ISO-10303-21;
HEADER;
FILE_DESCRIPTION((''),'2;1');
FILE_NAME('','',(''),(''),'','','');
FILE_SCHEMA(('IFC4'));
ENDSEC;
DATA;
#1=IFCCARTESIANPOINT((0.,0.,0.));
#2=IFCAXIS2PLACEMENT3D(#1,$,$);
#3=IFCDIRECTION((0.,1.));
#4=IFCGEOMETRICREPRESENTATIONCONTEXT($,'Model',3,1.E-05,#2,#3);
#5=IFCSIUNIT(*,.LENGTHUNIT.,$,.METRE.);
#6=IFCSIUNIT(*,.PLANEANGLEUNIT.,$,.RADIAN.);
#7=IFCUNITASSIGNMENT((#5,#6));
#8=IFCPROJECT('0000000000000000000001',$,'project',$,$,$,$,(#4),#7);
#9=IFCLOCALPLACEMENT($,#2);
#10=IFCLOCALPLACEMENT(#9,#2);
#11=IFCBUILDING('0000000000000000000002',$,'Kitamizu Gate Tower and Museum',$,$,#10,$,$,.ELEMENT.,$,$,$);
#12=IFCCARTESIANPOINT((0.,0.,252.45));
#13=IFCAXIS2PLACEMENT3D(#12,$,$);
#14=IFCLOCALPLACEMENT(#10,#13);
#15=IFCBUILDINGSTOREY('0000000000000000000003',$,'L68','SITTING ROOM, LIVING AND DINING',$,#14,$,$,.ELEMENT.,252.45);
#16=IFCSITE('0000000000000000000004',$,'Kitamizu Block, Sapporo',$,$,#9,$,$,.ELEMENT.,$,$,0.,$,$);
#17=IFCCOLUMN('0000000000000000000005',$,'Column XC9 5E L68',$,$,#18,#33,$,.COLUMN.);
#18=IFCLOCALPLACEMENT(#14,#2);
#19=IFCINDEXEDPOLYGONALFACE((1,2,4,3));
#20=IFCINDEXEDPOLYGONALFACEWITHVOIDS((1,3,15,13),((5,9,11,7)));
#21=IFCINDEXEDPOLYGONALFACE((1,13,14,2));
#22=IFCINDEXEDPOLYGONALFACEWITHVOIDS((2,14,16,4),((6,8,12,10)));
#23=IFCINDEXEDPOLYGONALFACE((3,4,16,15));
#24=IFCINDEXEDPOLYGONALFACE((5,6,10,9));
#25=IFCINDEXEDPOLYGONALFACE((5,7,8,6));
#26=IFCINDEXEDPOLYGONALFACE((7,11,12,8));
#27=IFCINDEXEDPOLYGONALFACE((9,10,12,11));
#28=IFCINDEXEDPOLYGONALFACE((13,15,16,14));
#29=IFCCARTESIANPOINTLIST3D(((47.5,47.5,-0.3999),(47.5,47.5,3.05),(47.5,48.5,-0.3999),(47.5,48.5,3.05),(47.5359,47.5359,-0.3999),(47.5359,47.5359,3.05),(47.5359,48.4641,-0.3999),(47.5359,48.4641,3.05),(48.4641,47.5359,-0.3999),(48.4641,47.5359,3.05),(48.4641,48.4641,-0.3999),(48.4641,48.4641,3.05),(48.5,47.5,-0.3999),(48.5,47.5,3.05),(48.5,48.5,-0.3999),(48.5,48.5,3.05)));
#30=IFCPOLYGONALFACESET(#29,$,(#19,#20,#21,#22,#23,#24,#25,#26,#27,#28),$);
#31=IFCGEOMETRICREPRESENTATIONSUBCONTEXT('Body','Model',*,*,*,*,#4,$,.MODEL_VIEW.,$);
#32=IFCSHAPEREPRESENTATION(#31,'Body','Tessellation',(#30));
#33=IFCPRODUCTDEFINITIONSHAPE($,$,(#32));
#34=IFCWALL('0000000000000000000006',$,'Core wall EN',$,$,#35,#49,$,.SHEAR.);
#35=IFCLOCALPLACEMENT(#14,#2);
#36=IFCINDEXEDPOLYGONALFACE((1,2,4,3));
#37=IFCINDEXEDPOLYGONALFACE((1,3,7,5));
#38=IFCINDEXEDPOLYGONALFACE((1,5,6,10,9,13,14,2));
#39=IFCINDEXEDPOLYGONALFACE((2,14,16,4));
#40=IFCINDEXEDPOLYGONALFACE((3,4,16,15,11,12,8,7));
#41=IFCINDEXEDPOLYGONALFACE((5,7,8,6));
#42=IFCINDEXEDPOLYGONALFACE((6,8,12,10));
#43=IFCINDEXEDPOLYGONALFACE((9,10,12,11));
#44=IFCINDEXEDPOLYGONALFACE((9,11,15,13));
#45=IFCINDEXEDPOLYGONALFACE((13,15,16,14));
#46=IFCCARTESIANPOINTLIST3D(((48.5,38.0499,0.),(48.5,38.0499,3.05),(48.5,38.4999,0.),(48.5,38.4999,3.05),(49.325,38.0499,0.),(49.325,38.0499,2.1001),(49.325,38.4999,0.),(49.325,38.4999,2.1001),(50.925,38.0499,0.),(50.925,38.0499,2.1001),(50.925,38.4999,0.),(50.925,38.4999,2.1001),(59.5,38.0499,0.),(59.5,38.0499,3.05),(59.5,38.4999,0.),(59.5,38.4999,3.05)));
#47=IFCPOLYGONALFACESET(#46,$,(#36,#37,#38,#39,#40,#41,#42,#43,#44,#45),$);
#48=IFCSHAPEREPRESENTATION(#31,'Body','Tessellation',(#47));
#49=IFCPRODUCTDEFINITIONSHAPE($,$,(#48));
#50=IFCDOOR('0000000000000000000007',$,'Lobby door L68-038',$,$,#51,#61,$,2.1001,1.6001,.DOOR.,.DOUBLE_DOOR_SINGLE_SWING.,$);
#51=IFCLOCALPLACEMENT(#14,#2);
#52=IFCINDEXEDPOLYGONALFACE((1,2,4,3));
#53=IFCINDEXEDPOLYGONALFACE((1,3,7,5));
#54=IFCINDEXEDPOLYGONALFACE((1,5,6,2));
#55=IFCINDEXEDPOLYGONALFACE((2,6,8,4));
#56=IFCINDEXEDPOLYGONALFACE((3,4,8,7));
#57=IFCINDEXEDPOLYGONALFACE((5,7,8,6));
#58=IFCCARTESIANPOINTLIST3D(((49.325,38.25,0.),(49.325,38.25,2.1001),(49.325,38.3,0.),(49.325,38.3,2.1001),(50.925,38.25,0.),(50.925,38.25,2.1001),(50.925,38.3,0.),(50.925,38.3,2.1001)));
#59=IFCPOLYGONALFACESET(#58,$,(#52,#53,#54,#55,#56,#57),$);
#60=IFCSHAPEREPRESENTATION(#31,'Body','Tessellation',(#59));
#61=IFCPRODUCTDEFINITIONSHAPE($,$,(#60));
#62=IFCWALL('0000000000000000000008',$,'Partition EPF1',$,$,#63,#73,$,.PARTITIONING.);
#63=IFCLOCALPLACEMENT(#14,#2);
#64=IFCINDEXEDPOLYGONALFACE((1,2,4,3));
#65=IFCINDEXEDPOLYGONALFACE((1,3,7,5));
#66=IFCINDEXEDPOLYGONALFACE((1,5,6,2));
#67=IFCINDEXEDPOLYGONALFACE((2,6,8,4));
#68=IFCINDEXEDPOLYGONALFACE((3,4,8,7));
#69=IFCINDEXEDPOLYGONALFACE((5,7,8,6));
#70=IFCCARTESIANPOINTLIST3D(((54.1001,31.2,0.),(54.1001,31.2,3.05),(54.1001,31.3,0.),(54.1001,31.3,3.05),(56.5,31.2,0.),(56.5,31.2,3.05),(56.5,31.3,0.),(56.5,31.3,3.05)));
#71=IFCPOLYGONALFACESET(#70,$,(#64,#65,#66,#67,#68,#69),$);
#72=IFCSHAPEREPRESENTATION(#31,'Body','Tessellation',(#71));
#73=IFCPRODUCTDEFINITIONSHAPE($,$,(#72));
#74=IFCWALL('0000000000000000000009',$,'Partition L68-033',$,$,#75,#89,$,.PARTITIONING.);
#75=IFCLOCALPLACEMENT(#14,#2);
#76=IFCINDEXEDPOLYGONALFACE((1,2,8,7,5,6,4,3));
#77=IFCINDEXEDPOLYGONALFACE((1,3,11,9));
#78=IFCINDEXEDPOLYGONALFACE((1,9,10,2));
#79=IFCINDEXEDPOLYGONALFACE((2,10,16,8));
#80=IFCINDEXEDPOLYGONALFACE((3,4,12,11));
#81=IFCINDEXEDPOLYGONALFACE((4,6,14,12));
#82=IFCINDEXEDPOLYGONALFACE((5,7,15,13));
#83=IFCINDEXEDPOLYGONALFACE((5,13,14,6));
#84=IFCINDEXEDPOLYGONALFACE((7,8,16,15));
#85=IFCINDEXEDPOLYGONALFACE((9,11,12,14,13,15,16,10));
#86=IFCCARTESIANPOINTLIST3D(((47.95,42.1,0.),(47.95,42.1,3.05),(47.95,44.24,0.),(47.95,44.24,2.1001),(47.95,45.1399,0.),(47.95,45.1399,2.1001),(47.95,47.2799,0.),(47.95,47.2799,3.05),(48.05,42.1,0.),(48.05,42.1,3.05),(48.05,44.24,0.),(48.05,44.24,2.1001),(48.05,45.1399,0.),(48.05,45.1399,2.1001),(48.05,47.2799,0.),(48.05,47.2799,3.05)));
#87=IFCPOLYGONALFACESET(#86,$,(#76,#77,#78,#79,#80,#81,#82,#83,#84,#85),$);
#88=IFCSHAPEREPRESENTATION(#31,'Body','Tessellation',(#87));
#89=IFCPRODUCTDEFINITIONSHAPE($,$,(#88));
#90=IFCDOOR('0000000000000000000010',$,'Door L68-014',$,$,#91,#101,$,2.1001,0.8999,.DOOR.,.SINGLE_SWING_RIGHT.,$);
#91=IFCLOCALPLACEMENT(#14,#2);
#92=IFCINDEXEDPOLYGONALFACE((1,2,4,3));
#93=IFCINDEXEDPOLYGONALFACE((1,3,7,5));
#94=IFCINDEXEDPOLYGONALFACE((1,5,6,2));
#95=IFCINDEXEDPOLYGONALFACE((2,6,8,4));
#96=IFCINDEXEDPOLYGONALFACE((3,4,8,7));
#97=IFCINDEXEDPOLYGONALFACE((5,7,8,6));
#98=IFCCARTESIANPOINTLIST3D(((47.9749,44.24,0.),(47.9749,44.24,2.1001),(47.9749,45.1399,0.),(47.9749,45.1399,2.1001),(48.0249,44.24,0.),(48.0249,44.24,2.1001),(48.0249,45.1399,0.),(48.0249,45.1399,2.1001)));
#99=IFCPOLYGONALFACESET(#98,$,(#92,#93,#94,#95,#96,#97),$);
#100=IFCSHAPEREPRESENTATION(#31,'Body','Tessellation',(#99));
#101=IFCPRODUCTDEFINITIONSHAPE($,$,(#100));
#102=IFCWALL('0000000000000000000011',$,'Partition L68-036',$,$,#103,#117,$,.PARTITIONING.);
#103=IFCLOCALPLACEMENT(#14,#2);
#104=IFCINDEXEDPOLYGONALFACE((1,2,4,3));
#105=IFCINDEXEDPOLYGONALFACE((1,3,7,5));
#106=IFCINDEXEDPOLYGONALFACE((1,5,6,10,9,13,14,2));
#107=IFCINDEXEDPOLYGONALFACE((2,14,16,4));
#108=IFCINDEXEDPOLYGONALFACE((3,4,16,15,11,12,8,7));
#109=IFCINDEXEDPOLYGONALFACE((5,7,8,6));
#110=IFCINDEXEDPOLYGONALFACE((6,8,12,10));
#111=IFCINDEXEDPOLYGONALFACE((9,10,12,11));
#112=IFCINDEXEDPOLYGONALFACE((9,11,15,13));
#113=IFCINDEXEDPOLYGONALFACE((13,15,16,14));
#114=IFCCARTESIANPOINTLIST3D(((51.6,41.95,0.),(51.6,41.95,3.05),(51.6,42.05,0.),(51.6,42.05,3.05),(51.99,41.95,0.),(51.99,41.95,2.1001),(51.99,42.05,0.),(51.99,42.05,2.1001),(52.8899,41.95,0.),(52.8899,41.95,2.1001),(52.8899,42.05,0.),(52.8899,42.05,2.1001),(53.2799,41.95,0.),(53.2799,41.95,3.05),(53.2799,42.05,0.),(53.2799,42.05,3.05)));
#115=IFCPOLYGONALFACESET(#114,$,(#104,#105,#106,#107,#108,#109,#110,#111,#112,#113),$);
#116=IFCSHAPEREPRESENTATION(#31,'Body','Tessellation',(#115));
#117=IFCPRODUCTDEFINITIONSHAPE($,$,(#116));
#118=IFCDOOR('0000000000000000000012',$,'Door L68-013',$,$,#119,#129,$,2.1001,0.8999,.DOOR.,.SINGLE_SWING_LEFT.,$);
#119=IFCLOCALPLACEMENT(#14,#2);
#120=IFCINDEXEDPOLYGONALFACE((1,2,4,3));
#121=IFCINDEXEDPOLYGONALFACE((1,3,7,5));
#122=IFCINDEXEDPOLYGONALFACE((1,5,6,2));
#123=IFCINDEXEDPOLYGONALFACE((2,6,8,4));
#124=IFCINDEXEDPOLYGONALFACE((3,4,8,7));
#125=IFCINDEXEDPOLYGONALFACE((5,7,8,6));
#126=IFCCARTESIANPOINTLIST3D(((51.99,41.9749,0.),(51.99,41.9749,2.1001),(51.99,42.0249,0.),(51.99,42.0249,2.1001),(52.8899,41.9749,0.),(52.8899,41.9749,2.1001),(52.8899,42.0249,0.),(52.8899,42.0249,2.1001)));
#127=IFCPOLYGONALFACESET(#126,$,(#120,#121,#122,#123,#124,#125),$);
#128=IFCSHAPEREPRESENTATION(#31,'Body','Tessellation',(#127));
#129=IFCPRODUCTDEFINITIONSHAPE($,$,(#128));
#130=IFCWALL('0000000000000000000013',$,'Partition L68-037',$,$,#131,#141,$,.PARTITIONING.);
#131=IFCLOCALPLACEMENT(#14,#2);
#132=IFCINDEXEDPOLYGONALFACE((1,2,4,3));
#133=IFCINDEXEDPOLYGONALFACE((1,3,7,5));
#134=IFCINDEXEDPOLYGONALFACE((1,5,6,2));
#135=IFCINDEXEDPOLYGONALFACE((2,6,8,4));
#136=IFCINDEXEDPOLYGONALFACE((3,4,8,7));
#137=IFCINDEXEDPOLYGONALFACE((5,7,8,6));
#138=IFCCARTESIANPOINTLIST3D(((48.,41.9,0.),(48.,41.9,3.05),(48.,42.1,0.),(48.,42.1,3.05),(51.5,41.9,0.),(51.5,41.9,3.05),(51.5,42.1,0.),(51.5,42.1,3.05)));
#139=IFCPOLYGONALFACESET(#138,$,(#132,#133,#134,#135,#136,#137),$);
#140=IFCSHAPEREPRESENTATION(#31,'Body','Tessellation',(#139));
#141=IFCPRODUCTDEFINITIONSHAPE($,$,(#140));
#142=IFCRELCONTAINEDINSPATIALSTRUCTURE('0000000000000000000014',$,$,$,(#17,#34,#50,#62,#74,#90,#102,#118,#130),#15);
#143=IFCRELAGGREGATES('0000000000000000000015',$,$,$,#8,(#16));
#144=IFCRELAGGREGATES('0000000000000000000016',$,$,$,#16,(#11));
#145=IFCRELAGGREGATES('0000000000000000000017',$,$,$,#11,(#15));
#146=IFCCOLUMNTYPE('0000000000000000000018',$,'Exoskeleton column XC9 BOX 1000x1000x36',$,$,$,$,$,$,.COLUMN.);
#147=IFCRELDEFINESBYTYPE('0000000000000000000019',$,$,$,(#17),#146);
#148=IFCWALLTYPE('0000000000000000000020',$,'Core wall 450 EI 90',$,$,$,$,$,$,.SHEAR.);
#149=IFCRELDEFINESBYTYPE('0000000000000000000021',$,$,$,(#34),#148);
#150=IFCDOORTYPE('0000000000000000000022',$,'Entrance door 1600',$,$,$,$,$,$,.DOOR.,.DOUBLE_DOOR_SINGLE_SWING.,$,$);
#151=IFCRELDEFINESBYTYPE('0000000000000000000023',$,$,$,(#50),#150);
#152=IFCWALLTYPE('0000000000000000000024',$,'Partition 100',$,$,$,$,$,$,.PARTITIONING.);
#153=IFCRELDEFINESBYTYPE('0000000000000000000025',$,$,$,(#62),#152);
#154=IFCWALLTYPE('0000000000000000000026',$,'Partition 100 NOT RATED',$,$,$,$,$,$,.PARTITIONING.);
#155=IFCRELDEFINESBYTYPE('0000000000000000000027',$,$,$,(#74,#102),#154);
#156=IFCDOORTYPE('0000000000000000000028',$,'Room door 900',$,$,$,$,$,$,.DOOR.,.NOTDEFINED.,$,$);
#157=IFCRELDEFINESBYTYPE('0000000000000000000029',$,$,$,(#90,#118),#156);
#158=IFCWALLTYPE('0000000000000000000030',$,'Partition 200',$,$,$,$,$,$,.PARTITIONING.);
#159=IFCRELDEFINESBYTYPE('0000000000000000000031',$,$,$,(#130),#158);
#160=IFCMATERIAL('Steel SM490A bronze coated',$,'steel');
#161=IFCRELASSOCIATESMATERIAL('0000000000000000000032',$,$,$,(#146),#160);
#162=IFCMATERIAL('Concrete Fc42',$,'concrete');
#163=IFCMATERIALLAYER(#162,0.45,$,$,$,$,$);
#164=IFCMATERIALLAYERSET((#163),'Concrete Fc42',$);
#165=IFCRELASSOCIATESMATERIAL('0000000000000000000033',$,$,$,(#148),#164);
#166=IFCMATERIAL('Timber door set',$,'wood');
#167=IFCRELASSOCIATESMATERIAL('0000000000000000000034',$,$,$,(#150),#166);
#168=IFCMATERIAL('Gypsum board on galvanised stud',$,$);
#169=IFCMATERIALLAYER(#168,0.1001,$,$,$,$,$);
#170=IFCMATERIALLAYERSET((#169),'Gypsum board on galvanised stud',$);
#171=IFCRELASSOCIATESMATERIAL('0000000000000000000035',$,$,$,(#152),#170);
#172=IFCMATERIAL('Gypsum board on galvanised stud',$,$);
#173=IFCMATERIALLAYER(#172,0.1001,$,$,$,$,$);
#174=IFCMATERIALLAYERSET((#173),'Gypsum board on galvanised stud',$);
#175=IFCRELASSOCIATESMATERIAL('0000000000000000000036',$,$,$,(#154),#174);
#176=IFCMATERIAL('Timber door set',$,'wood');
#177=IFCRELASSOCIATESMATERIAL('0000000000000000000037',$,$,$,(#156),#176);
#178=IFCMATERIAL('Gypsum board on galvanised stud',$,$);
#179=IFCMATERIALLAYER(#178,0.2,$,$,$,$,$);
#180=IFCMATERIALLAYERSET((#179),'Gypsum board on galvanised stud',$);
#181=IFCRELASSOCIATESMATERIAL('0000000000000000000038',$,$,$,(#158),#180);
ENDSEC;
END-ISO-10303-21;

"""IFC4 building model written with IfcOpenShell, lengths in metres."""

from ifc_helpers import new_model, si_unit, direction, frame, frame_2d, origin, origin_2d, place, context, subcontext, project, spatial, rectangle, hollow_rectangle, extrude, material, layer, layer_set, material_profile, profile_set, type_object, element, fill, save


model = new_model("IFC4")

# Units and contexts
model_context = context("Model", 3, precision=1e-05, world=origin(), true_north=direction((0.0, 1.0)))
body_context = subcontext(model_context, "Body", "Model", "MODEL_VIEW")
ifc_project = project(units=[si_unit("LENGTHUNIT", "METRE"), si_unit("PLANEANGLEUNIT", "RADIAN")], contexts=[model_context])

# Site, building, storey
site_placement = place(None, origin())
site = spatial("IfcSite", under=ifc_project, at=site_placement, Name="Kitamizu Block, Sapporo", CompositionType="ELEMENT", RefElevation=0.0)
building_placement = place(site_placement, origin())
building = spatial("IfcBuilding", under=site, at=building_placement, Name="Kitamizu Gate Tower and Museum", CompositionType="ELEMENT")
storey_placement = place(building_placement, frame((0.0, 0.0, 252.45)))
storey = spatial("IfcBuildingStorey", under=building, at=storey_placement, Name="L68", Description="SITTING ROOM, LIVING AND DINING", CompositionType="ELEMENT", Elevation=252.45)

# Column
ifc_material_1 = material(Name="Steel SM490A bronze coated", Category="steel")
ifc_material_profile = material_profile(ifc_material_1, hollow_rectangle(XDim=1.0, YDim=1.0, WallThickness=0.0359, at=origin_2d()), Name="BOX 1000x1000x36")
ifc_profile_set = profile_set([ifc_material_profile], Name="Steel SM490A bronze coated")
column_type = type_object("IfcColumnType", Name="Exoskeleton column XC9 BOX 1000x1000x36", PredefinedType="COLUMN", material=ifc_profile_set)
column_placement = place(storey_placement, frame((48.0, 48.0, -0.3999), z_axis=(0.0, 0.0, 1.0), x_axis=(1.0, 0.0, 0.0)))
element("IfcColumn", 1, at=column_placement, inside=storey, type_object=column_type, Name="Column XC9 5E L68", PredefinedType="COLUMN", context=body_context, shape_type="SweptSolid", body=[
    extrude(hollow_rectangle(XDim=1.0, YDim=1.0, WallThickness=0.0359, at=origin_2d()), origin(), (0.0, 0.0, 1.0), 3.45),
])

# Wall, opening, door
ifc_material_2 = material(Name="Concrete Fc42", Category="concrete")
ifc_layer_1 = layer(ifc_material_2, 0.45)
ifc_layer_set_1 = layer_set([ifc_layer_1], Name="Concrete Fc42")
wall_type_1 = type_object("IfcWallType", Name="Core wall 450 EI 90", PredefinedType="SHEAR", material=ifc_layer_set_1)
wall_1_placement = place(storey_placement, frame((59.5, 38.2749, 0.0), z_axis=(0.0, 0.0, 1.0), x_axis=(-1.0, 0.0, 0.0)))
wall_1 = element("IfcWall", 2, at=wall_1_placement, inside=storey, type_object=wall_type_1, Name="Core wall EN", PredefinedType="SHEAR", context=body_context, shape_type="SweptSolid", body=[
    extrude(rectangle(XDim=11.0, YDim=0.45, at=frame_2d((5.5, 0.0))), origin(), (0.0, 0.0, 1.0), 3.05),
])
opening_1_placement = place(wall_1_placement, frame((8.575, 0.0, 0.0)))
opening_1 = element("IfcOpeningElement", 3, at=opening_1_placement, cuts=wall_1, PredefinedType="OPENING", context=body_context, shape_type="SweptSolid", body=[
    extrude(rectangle(XDim=1.6001, YDim=2.1001, at=frame_2d((0.8, 1.05))), frame((0.0, 0.2349, 0.0), z_axis=(0.0, -1.0, 0.0), x_axis=(1.0, 0.0, 0.0)), (0.0, 0.0, 1.0), 0.47),
])
ifc_material_3 = material(Name="Timber door set", Category="wood")
door_type_1 = type_object("IfcDoorType", Name="Entrance door 1600", OperationType="DOUBLE_DOOR_SINGLE_SWING", PredefinedType="DOOR", material=ifc_material_3)
door_1_placement = place(opening_1_placement, origin())
door_1 = element("IfcDoor", 4, at=door_1_placement, inside=storey, type_object=door_type_1, Name="Lobby door L68-038", OperationType="DOUBLE_DOOR_SINGLE_SWING", OverallHeight=2.1001, OverallWidth=1.6001, PredefinedType="DOOR", context=body_context, shape_type="SweptSolid", body=[
    extrude(rectangle(XDim=1.6001, YDim=2.1001, at=frame_2d((0.8, 1.05))), frame((0.0, 0.0249, 0.0), z_axis=(0.0, -1.0, 0.0), x_axis=(1.0, 0.0, 0.0)), (0.0, 0.0, 1.0), 0.05),
])
fill(opening_1, door_1)

# Wall
ifc_material_4 = material(Name="Gypsum board on galvanised stud")
ifc_layer_2 = layer(ifc_material_4, 0.1001)
ifc_layer_set_2 = layer_set([ifc_layer_2], Name="Gypsum board on galvanised stud")
wall_type_2 = type_object("IfcWallType", Name="Partition 100", PredefinedType="PARTITIONING", material=ifc_layer_set_2)
wall_2_placement = place(storey_placement, frame((56.5, 31.25, 0.0), z_axis=(0.0, 0.0, 1.0), x_axis=(-1.0, 0.0, 0.0)))
element("IfcWall", 5, at=wall_2_placement, inside=storey, type_object=wall_type_2, Name="Partition EPF1", PredefinedType="PARTITIONING", context=body_context, shape_type="SweptSolid", body=[
    extrude(rectangle(XDim=2.3999, YDim=0.1001, at=frame_2d((1.2, 0.0))), origin(), (0.0, 0.0, 1.0), 3.05),
])

# Walls, openings, doors
ifc_material_5 = material(Name="Gypsum board on galvanised stud")
ifc_layer_3 = layer(ifc_material_5, 0.1001)
ifc_layer_set_3 = layer_set([ifc_layer_3], Name="Gypsum board on galvanised stud")
wall_type_3 = type_object("IfcWallType", Name="Partition 100 NOT RATED", PredefinedType="PARTITIONING", material=ifc_layer_set_3)
wall_3_placement = place(storey_placement, frame((48.0, 42.1001, 0.0), z_axis=(0.0, 0.0, 1.0), x_axis=(0.0, 1.0, 0.0)))
wall_3 = element("IfcWall", 6, at=wall_3_placement, inside=storey, type_object=wall_type_3, Name="Partition L68-033", PredefinedType="PARTITIONING", context=body_context, shape_type="SweptSolid", body=[
    extrude(rectangle(XDim=5.1799, YDim=0.1001, at=frame_2d((2.5898, 0.0))), origin(), (0.0, 0.0, 1.0), 3.05),
])
opening_2_placement = place(wall_3_placement, frame((2.1399, 0.0, 0.0)))
opening_2 = element("IfcOpeningElement", 7, at=opening_2_placement, cuts=wall_3, PredefinedType="OPENING", context=body_context, shape_type="SweptSolid", body=[
    extrude(rectangle(XDim=0.8999, YDim=2.1001, at=frame_2d((0.45, 1.05))), frame((0.0, 0.0601, 0.0), z_axis=(0.0, -1.0, 0.0), x_axis=(1.0, 0.0, 0.0)), (0.0, 0.0, 1.0), 0.1201),
])
ifc_material_6 = material(Name="Timber door set", Category="wood")
door_type_2 = type_object("IfcDoorType", Name="Room door 900", OperationType="NOTDEFINED", PredefinedType="DOOR", material=ifc_material_6)
door_2_placement = place(opening_2_placement, frame((0.8999, 0.0, 0.0), x_axis=(-1.0, 0.0, 0.0)))
door_2 = element("IfcDoor", 8, at=door_2_placement, inside=storey, type_object=door_type_2, Name="Door L68-014", OperationType="SINGLE_SWING_RIGHT", OverallHeight=2.1001, OverallWidth=0.8999, PredefinedType="DOOR", context=body_context, shape_type="SweptSolid", body=[
    extrude(rectangle(XDim=0.8999, YDim=2.1001, at=frame_2d((0.45, 1.05))), frame((0.0, 0.0249, 0.0), z_axis=(0.0, -1.0, 0.0), x_axis=(1.0, 0.0, 0.0)), (0.0, 0.0, 1.0), 0.05),
])
fill(opening_2, door_2)
wall_4_placement = place(storey_placement, frame((51.6001, 42.0, 0.0), z_axis=(0.0, 0.0, 1.0), x_axis=(1.0, 0.0, 0.0)))
wall_4 = element("IfcWall", 9, at=wall_4_placement, inside=storey, type_object=wall_type_3, Name="Partition L68-036", PredefinedType="PARTITIONING", context=body_context, shape_type="SweptSolid", body=[
    extrude(rectangle(XDim=1.6799, YDim=0.1001, at=frame_2d((0.8398, 0.0))), origin(), (0.0, 0.0, 1.0), 3.05),
])
opening_3_placement = place(wall_4_placement, frame((0.3899, 0.0, 0.0)))
opening_3 = element("IfcOpeningElement", 10, at=opening_3_placement, cuts=wall_4, PredefinedType="OPENING", context=body_context, shape_type="SweptSolid", body=[
    extrude(rectangle(XDim=0.8999, YDim=2.1001, at=frame_2d((0.45, 1.05))), frame((0.0, 0.0601, 0.0), z_axis=(0.0, -1.0, 0.0), x_axis=(1.0, 0.0, 0.0)), (0.0, 0.0, 1.0), 0.1201),
])
door_3_placement = place(opening_3_placement, origin())
door_3 = element("IfcDoor", 11, at=door_3_placement, inside=storey, type_object=door_type_2, Name="Door L68-013", OperationType="SINGLE_SWING_LEFT", OverallHeight=2.1001, OverallWidth=0.8999, PredefinedType="DOOR", context=body_context, shape_type="SweptSolid", body=[
    extrude(rectangle(XDim=0.8999, YDim=2.1001, at=frame_2d((0.45, 1.05))), frame((0.0, 0.0249, 0.0), z_axis=(0.0, -1.0, 0.0), x_axis=(1.0, 0.0, 0.0)), (0.0, 0.0, 1.0), 0.05),
])
fill(opening_3, door_3)

# Wall
ifc_material_7 = material(Name="Gypsum board on galvanised stud")
ifc_layer_4 = layer(ifc_material_7, 0.2)
ifc_layer_set_4 = layer_set([ifc_layer_4], Name="Gypsum board on galvanised stud")
wall_type_4 = type_object("IfcWallType", Name="Partition 200", PredefinedType="PARTITIONING", material=ifc_layer_set_4)
wall_5_placement = place(storey_placement, frame((48.0, 42.0, 0.0), z_axis=(0.0, 0.0, 1.0), x_axis=(1.0, 0.0, 0.0)))
element("IfcWall", 12, at=wall_5_placement, inside=storey, type_object=wall_type_4, Name="Partition L68-037", PredefinedType="PARTITIONING", context=body_context, shape_type="SweptSolid", body=[
    extrude(rectangle(XDim=3.5, YDim=0.2, at=frame_2d((1.75, 0.0))), origin(), (0.0, 0.0, 1.0), 3.05),
])

save(model, "model.ifc")
